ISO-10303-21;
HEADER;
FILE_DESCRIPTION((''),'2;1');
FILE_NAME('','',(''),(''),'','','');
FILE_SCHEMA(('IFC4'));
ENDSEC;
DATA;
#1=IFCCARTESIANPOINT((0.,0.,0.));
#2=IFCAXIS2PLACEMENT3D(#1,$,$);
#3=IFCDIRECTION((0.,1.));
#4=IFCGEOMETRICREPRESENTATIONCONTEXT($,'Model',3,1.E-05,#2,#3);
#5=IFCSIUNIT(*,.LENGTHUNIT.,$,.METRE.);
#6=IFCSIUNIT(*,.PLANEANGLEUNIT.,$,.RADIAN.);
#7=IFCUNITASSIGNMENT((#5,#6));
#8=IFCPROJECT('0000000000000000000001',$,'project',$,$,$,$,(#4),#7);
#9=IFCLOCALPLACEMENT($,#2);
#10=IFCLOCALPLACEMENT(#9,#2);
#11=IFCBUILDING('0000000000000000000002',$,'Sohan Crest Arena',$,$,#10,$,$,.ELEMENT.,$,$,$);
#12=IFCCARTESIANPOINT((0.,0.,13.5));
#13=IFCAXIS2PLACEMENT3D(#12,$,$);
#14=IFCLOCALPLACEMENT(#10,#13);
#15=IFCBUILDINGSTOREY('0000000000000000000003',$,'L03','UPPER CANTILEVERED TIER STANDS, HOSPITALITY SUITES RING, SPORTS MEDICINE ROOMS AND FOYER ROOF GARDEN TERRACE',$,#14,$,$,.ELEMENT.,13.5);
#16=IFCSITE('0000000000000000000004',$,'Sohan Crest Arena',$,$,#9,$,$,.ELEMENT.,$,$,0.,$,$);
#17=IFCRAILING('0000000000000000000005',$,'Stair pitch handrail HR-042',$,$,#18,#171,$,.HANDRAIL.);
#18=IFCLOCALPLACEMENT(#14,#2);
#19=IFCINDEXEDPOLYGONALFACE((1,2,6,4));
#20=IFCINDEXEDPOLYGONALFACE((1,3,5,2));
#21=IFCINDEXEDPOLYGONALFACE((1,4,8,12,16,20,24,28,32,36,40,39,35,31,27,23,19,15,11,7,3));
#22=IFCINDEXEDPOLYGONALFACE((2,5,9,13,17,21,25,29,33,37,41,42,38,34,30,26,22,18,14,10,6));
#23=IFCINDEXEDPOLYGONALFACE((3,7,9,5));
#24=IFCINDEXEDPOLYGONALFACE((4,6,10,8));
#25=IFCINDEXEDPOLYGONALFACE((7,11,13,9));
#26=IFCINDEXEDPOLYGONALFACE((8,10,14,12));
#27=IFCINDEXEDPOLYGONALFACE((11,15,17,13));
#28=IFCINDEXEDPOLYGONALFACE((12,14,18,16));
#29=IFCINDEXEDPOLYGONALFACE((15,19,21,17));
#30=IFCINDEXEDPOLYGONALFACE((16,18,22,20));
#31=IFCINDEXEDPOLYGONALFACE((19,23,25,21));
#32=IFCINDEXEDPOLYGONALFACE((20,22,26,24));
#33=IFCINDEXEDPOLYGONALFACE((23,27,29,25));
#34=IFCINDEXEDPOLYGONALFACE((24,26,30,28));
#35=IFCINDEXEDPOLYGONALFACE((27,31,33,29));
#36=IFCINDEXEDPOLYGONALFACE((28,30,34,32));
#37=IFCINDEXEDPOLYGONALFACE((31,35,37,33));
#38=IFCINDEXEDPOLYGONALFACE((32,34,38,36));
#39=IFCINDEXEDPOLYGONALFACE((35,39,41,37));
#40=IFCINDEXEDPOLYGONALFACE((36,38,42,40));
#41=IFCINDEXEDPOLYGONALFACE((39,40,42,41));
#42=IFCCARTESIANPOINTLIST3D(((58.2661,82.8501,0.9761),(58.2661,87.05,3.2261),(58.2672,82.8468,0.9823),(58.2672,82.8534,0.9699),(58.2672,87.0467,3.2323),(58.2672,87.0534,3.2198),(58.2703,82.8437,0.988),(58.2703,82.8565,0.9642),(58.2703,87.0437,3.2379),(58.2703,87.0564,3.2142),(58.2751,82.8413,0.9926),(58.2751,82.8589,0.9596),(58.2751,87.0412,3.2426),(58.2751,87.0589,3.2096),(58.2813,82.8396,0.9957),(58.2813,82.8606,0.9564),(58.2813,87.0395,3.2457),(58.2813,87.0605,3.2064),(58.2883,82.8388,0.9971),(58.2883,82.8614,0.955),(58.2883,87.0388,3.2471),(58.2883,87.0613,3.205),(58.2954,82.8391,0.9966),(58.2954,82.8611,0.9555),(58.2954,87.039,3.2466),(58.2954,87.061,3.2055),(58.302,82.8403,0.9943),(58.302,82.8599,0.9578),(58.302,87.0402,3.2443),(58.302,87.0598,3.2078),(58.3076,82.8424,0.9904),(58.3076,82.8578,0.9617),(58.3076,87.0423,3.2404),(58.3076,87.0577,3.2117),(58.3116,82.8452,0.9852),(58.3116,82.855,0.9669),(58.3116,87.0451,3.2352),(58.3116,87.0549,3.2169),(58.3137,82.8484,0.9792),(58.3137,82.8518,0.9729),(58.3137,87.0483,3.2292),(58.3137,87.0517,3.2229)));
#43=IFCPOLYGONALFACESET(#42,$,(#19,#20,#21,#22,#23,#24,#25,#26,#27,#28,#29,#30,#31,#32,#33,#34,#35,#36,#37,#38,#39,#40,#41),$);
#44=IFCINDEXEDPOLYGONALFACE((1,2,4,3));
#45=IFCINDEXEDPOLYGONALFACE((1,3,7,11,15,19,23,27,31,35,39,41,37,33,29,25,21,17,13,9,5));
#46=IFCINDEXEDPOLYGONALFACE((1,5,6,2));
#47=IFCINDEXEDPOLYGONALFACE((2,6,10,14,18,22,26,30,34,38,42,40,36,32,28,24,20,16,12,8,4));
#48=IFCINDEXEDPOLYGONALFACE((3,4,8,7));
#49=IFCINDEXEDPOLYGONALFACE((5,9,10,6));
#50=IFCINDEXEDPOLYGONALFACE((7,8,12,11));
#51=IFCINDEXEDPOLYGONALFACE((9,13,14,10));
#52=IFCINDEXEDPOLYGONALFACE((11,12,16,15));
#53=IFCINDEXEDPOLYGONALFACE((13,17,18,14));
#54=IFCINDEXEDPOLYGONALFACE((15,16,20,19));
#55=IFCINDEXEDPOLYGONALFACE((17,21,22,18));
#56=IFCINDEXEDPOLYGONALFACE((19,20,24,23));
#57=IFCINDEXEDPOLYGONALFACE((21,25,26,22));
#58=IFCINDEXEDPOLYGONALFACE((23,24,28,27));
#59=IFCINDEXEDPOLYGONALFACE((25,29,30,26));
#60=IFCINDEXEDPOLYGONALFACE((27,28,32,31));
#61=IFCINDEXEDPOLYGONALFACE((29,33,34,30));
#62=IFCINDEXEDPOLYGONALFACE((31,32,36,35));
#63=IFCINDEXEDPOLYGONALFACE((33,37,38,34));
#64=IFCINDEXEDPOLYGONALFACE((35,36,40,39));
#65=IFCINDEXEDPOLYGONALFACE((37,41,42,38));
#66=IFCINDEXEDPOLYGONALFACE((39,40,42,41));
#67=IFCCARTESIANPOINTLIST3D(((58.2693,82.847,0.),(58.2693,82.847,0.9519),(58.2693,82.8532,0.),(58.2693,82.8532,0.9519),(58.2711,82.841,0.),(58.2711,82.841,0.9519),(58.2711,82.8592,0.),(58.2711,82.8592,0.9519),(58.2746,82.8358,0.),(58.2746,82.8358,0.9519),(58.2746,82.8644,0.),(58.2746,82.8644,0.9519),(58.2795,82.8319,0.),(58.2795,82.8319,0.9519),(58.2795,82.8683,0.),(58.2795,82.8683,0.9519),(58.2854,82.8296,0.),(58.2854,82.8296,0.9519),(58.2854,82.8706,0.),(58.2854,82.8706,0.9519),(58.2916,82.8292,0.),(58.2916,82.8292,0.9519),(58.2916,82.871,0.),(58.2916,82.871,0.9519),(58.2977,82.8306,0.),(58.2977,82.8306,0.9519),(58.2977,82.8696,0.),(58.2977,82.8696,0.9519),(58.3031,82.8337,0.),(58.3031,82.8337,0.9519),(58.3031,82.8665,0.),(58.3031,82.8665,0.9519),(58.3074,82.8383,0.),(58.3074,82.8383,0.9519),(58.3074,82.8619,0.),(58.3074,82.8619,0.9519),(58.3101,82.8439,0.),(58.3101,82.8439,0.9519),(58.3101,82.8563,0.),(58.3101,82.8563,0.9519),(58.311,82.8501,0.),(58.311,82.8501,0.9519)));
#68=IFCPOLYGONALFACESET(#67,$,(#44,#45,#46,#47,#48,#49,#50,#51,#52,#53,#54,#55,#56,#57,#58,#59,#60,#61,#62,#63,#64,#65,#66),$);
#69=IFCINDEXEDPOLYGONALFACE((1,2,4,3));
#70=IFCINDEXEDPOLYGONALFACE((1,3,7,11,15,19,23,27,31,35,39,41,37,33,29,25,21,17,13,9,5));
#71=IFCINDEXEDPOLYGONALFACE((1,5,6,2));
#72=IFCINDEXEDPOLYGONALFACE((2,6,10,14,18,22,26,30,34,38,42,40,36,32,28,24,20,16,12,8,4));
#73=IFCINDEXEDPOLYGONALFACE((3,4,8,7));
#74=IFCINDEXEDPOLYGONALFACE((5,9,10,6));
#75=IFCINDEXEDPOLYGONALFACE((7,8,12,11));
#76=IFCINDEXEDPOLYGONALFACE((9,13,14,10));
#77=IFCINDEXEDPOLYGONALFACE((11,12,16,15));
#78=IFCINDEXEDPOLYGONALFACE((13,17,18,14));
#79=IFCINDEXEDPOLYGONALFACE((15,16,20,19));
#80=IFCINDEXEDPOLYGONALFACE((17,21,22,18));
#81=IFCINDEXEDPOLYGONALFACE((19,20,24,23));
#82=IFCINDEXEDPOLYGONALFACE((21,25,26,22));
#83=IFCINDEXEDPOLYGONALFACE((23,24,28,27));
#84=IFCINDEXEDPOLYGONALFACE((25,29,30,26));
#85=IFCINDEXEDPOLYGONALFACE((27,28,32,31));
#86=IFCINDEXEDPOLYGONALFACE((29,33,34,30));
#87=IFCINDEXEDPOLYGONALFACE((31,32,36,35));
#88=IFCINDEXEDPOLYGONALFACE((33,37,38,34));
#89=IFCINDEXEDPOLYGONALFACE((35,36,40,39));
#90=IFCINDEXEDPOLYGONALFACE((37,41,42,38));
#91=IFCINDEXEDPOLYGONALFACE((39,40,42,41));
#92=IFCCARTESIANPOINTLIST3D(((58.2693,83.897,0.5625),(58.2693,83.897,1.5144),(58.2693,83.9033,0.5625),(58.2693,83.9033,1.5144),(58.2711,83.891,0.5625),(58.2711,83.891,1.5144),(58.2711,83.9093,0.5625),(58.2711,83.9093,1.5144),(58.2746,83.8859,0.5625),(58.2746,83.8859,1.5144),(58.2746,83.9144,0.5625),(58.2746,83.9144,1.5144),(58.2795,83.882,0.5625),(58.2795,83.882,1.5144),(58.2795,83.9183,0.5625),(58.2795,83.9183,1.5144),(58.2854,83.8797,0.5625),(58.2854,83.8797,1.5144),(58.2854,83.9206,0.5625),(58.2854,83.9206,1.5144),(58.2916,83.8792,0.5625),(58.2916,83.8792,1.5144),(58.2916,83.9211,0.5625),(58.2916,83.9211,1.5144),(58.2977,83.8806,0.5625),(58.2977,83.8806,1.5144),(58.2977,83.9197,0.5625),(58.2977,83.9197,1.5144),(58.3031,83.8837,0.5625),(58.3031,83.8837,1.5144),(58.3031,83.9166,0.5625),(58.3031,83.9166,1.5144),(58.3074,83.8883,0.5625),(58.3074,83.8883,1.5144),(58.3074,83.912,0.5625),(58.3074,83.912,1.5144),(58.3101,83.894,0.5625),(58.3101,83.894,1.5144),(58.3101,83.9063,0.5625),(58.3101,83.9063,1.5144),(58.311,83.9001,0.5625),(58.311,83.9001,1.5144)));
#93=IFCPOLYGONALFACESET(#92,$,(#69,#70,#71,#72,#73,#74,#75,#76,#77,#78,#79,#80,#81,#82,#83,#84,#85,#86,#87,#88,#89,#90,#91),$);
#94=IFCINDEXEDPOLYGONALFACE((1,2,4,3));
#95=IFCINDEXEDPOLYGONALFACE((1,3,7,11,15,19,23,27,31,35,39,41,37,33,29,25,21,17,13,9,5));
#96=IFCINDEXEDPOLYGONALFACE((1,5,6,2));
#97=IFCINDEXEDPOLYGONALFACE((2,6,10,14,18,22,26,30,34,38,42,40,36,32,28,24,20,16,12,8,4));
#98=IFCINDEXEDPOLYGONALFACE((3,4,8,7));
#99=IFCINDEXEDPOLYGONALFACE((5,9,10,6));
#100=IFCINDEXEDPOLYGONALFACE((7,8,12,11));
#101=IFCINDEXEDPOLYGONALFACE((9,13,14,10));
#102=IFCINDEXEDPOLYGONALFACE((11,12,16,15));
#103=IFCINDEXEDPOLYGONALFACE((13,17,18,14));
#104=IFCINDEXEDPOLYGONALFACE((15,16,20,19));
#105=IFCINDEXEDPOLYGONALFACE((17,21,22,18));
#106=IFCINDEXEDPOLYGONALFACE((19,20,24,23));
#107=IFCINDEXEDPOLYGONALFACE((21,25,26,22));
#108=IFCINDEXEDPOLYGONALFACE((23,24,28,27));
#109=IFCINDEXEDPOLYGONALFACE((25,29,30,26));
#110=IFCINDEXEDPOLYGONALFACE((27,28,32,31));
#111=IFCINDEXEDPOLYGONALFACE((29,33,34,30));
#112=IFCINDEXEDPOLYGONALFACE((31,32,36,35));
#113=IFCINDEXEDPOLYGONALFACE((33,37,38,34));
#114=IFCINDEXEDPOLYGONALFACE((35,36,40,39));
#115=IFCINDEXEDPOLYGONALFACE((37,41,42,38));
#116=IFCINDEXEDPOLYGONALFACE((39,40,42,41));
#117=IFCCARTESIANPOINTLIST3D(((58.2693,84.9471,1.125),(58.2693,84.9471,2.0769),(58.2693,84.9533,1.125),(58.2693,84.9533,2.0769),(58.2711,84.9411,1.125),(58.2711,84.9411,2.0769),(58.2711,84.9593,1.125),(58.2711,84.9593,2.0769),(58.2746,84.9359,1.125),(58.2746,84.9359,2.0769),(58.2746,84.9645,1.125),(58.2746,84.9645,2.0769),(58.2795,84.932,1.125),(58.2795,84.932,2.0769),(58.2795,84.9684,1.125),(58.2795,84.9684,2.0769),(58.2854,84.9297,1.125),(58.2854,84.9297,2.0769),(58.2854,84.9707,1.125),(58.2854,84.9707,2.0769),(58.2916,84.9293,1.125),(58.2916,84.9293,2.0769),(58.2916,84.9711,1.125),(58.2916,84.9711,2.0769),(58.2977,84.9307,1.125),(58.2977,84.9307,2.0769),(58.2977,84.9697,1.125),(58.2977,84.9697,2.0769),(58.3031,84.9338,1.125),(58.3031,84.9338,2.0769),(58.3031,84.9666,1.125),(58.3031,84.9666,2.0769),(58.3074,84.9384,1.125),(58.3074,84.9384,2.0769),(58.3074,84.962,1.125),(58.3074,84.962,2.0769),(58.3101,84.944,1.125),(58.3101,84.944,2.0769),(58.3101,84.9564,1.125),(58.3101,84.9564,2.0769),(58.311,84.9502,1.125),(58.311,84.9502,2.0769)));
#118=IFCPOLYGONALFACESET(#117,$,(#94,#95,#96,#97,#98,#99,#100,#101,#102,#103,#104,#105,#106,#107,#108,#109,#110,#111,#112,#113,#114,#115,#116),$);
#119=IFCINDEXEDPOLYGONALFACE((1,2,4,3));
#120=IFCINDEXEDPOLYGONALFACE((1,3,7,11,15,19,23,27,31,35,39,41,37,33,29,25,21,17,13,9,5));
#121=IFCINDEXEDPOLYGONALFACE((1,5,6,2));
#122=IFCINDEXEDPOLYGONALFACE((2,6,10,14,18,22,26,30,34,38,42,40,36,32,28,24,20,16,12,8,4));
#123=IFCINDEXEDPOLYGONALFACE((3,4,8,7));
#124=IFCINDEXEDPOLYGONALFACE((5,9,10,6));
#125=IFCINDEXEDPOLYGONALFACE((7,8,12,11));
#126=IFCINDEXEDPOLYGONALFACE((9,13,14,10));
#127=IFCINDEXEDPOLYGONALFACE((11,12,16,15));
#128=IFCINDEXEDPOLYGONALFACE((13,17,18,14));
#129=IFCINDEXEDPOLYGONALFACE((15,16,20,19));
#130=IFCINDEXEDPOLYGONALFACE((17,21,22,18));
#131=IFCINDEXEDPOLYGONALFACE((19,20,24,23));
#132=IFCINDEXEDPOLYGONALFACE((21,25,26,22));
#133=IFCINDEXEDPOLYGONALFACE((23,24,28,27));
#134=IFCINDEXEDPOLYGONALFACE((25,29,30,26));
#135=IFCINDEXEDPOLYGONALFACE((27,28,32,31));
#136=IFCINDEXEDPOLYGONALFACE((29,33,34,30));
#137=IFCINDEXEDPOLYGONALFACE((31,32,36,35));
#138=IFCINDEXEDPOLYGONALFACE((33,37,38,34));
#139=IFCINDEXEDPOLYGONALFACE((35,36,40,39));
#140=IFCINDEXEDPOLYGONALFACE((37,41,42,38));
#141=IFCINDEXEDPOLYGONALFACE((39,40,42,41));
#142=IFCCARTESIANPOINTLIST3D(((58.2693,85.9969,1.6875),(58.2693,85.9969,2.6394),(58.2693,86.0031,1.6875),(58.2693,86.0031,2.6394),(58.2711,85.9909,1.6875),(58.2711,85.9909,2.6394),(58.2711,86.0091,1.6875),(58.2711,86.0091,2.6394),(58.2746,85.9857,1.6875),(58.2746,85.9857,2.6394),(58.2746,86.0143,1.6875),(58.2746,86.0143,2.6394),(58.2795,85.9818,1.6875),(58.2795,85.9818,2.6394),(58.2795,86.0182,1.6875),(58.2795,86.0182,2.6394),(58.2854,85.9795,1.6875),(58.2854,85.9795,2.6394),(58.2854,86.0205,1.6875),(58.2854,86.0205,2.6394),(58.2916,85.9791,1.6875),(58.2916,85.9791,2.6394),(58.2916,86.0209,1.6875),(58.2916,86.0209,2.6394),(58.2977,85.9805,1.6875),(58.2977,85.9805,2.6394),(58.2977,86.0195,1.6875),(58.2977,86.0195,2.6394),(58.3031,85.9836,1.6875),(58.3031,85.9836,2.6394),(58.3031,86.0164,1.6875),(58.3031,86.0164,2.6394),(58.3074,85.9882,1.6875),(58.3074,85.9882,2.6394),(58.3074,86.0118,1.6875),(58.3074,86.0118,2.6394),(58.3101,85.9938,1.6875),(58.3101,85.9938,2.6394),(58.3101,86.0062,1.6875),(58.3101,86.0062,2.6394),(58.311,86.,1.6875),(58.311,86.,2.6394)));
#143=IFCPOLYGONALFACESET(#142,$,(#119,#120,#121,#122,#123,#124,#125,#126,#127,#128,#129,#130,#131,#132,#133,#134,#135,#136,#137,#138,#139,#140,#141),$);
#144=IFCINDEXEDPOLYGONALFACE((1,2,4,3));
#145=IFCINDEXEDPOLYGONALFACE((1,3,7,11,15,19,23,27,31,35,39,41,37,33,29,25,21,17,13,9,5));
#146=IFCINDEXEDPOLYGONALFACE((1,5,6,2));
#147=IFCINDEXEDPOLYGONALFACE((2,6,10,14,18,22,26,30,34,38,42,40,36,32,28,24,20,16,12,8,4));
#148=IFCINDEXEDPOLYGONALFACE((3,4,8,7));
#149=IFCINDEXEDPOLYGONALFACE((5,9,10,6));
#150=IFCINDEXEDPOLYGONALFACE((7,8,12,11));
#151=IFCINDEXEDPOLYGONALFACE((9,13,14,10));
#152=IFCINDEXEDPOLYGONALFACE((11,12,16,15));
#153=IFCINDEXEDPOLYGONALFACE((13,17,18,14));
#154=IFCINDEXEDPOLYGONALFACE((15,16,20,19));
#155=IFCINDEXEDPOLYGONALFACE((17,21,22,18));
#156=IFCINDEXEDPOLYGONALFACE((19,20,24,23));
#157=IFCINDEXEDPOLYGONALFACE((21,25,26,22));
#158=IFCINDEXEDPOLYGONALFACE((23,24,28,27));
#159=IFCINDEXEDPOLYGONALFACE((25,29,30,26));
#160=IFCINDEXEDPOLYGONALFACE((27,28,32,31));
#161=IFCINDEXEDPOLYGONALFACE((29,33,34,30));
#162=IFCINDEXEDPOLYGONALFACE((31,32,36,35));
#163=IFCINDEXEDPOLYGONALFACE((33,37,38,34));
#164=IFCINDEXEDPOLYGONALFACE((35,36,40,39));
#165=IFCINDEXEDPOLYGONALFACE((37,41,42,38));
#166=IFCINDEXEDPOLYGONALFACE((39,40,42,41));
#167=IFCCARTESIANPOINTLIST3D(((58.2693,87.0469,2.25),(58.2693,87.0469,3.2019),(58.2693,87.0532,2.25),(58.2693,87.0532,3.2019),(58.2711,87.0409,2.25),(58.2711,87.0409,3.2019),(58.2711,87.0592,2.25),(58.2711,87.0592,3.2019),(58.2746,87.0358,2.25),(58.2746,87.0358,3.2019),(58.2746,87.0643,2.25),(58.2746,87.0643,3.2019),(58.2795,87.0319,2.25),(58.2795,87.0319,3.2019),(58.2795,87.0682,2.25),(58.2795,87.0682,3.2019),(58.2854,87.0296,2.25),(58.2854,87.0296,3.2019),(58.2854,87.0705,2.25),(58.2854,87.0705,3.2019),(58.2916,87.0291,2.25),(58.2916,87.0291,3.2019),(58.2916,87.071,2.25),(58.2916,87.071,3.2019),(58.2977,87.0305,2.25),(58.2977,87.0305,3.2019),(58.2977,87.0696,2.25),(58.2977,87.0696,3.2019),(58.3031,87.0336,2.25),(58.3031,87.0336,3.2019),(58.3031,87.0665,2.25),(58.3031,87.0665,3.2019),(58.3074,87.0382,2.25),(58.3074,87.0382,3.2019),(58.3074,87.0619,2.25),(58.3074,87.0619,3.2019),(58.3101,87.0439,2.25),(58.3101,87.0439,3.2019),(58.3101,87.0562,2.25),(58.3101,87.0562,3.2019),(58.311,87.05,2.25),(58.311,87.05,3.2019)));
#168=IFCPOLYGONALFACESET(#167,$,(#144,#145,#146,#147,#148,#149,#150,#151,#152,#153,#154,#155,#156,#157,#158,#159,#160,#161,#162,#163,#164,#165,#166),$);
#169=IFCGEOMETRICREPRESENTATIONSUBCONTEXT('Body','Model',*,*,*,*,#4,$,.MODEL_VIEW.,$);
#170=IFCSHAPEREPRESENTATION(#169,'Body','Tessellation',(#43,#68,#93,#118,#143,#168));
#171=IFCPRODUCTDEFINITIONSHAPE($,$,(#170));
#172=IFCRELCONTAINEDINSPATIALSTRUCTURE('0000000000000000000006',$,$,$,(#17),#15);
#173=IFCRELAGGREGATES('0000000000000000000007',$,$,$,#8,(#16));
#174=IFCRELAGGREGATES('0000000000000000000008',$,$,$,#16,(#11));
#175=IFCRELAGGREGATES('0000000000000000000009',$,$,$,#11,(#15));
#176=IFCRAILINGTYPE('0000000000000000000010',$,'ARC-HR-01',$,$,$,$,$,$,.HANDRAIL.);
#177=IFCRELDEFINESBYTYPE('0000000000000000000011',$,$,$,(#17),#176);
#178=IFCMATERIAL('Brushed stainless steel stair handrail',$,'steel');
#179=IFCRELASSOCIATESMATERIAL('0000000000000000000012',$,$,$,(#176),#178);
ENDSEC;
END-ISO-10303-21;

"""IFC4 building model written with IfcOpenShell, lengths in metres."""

from ifc_helpers import new_model, si_unit, direction, frame, origin, origin_2d, place, context, subcontext, project, spatial, circle, extrude, material, type_object, element, save


model = new_model("IFC4")

# Units and contexts
model_context = context("Model", 3, precision=1e-05, world=origin(), true_north=direction((0.0, 1.0)))
body_context = subcontext(model_context, "Body", "Model", "MODEL_VIEW")
ifc_project = project(units=[si_unit("LENGTHUNIT", "METRE"), si_unit("PLANEANGLEUNIT", "RADIAN")], contexts=[model_context])

# Site, building, storey
site_placement = place(None, origin())
site = spatial("IfcSite", under=ifc_project, at=site_placement, Name="Sohan Crest Arena", CompositionType="ELEMENT", RefElevation=0.0)
building_placement = place(site_placement, origin())
building = spatial("IfcBuilding", under=site, at=building_placement, Name="Sohan Crest Arena", CompositionType="ELEMENT")
storey_placement = place(building_placement, frame((0.0, 0.0, 13.5)))
storey = spatial("IfcBuildingStorey", under=building, at=storey_placement, Name="L03", Description="UPPER CANTILEVERED TIER STANDS, HOSPITALITY SUITES RING, SPORTS MEDICINE ROOMS AND FOYER ROOF GARDEN TERRACE", CompositionType="ELEMENT", Elevation=13.5)

# Railing
ifc_material_1 = material(Name="Brushed stainless steel stair handrail", Category="steel")
railing_type_1 = type_object("IfcRailingType", Name="ARC-HR-01", PredefinedType="HANDRAIL", material=ifc_material_1)
for number, where, name in (
    (1, (58.29, 82.8501, 0.0), "Stair pitch handrail HR-042"),
):
    element("IfcRailing", number, at=place(storey_placement, frame(where)), inside=storey, type_object=railing_type_1, Name=name, PredefinedType="HANDRAIL", context=body_context, shape_type="SweptSolid", body=[
        extrude(circle(Radius=0.0239, at=origin_2d()), frame((0.0, 0.0, 0.9761), z_axis=(0.0, 0.881478, 0.472226), x_axis=(-1.0, 0.0, 0.0)), (0.0, 0.0, 1.0), 4.7646),
        extrude(circle(Radius=0.021, at=origin_2d()), origin(), (0.0, 0.0, 1.0), 0.9519),
        extrude(circle(Radius=0.021, at=origin_2d()), frame((0.0, 1.05, 0.5625)), (0.0, 0.0, 1.0), 0.9519),
        extrude(circle(Radius=0.021, at=origin_2d()), frame((0.0, 2.1001, 1.125)), (0.0, 0.0, 1.0), 0.9519),
        extrude(circle(Radius=0.021, at=origin_2d()), frame((0.0, 3.1499, 1.6875)), (0.0, 0.0, 1.0), 0.9519),
        extrude(circle(Radius=0.021, at=origin_2d()), frame((0.0, 4.2, 2.25)), (0.0, 0.0, 1.0), 0.9519),
    ])

save(model, "model.ifc")
